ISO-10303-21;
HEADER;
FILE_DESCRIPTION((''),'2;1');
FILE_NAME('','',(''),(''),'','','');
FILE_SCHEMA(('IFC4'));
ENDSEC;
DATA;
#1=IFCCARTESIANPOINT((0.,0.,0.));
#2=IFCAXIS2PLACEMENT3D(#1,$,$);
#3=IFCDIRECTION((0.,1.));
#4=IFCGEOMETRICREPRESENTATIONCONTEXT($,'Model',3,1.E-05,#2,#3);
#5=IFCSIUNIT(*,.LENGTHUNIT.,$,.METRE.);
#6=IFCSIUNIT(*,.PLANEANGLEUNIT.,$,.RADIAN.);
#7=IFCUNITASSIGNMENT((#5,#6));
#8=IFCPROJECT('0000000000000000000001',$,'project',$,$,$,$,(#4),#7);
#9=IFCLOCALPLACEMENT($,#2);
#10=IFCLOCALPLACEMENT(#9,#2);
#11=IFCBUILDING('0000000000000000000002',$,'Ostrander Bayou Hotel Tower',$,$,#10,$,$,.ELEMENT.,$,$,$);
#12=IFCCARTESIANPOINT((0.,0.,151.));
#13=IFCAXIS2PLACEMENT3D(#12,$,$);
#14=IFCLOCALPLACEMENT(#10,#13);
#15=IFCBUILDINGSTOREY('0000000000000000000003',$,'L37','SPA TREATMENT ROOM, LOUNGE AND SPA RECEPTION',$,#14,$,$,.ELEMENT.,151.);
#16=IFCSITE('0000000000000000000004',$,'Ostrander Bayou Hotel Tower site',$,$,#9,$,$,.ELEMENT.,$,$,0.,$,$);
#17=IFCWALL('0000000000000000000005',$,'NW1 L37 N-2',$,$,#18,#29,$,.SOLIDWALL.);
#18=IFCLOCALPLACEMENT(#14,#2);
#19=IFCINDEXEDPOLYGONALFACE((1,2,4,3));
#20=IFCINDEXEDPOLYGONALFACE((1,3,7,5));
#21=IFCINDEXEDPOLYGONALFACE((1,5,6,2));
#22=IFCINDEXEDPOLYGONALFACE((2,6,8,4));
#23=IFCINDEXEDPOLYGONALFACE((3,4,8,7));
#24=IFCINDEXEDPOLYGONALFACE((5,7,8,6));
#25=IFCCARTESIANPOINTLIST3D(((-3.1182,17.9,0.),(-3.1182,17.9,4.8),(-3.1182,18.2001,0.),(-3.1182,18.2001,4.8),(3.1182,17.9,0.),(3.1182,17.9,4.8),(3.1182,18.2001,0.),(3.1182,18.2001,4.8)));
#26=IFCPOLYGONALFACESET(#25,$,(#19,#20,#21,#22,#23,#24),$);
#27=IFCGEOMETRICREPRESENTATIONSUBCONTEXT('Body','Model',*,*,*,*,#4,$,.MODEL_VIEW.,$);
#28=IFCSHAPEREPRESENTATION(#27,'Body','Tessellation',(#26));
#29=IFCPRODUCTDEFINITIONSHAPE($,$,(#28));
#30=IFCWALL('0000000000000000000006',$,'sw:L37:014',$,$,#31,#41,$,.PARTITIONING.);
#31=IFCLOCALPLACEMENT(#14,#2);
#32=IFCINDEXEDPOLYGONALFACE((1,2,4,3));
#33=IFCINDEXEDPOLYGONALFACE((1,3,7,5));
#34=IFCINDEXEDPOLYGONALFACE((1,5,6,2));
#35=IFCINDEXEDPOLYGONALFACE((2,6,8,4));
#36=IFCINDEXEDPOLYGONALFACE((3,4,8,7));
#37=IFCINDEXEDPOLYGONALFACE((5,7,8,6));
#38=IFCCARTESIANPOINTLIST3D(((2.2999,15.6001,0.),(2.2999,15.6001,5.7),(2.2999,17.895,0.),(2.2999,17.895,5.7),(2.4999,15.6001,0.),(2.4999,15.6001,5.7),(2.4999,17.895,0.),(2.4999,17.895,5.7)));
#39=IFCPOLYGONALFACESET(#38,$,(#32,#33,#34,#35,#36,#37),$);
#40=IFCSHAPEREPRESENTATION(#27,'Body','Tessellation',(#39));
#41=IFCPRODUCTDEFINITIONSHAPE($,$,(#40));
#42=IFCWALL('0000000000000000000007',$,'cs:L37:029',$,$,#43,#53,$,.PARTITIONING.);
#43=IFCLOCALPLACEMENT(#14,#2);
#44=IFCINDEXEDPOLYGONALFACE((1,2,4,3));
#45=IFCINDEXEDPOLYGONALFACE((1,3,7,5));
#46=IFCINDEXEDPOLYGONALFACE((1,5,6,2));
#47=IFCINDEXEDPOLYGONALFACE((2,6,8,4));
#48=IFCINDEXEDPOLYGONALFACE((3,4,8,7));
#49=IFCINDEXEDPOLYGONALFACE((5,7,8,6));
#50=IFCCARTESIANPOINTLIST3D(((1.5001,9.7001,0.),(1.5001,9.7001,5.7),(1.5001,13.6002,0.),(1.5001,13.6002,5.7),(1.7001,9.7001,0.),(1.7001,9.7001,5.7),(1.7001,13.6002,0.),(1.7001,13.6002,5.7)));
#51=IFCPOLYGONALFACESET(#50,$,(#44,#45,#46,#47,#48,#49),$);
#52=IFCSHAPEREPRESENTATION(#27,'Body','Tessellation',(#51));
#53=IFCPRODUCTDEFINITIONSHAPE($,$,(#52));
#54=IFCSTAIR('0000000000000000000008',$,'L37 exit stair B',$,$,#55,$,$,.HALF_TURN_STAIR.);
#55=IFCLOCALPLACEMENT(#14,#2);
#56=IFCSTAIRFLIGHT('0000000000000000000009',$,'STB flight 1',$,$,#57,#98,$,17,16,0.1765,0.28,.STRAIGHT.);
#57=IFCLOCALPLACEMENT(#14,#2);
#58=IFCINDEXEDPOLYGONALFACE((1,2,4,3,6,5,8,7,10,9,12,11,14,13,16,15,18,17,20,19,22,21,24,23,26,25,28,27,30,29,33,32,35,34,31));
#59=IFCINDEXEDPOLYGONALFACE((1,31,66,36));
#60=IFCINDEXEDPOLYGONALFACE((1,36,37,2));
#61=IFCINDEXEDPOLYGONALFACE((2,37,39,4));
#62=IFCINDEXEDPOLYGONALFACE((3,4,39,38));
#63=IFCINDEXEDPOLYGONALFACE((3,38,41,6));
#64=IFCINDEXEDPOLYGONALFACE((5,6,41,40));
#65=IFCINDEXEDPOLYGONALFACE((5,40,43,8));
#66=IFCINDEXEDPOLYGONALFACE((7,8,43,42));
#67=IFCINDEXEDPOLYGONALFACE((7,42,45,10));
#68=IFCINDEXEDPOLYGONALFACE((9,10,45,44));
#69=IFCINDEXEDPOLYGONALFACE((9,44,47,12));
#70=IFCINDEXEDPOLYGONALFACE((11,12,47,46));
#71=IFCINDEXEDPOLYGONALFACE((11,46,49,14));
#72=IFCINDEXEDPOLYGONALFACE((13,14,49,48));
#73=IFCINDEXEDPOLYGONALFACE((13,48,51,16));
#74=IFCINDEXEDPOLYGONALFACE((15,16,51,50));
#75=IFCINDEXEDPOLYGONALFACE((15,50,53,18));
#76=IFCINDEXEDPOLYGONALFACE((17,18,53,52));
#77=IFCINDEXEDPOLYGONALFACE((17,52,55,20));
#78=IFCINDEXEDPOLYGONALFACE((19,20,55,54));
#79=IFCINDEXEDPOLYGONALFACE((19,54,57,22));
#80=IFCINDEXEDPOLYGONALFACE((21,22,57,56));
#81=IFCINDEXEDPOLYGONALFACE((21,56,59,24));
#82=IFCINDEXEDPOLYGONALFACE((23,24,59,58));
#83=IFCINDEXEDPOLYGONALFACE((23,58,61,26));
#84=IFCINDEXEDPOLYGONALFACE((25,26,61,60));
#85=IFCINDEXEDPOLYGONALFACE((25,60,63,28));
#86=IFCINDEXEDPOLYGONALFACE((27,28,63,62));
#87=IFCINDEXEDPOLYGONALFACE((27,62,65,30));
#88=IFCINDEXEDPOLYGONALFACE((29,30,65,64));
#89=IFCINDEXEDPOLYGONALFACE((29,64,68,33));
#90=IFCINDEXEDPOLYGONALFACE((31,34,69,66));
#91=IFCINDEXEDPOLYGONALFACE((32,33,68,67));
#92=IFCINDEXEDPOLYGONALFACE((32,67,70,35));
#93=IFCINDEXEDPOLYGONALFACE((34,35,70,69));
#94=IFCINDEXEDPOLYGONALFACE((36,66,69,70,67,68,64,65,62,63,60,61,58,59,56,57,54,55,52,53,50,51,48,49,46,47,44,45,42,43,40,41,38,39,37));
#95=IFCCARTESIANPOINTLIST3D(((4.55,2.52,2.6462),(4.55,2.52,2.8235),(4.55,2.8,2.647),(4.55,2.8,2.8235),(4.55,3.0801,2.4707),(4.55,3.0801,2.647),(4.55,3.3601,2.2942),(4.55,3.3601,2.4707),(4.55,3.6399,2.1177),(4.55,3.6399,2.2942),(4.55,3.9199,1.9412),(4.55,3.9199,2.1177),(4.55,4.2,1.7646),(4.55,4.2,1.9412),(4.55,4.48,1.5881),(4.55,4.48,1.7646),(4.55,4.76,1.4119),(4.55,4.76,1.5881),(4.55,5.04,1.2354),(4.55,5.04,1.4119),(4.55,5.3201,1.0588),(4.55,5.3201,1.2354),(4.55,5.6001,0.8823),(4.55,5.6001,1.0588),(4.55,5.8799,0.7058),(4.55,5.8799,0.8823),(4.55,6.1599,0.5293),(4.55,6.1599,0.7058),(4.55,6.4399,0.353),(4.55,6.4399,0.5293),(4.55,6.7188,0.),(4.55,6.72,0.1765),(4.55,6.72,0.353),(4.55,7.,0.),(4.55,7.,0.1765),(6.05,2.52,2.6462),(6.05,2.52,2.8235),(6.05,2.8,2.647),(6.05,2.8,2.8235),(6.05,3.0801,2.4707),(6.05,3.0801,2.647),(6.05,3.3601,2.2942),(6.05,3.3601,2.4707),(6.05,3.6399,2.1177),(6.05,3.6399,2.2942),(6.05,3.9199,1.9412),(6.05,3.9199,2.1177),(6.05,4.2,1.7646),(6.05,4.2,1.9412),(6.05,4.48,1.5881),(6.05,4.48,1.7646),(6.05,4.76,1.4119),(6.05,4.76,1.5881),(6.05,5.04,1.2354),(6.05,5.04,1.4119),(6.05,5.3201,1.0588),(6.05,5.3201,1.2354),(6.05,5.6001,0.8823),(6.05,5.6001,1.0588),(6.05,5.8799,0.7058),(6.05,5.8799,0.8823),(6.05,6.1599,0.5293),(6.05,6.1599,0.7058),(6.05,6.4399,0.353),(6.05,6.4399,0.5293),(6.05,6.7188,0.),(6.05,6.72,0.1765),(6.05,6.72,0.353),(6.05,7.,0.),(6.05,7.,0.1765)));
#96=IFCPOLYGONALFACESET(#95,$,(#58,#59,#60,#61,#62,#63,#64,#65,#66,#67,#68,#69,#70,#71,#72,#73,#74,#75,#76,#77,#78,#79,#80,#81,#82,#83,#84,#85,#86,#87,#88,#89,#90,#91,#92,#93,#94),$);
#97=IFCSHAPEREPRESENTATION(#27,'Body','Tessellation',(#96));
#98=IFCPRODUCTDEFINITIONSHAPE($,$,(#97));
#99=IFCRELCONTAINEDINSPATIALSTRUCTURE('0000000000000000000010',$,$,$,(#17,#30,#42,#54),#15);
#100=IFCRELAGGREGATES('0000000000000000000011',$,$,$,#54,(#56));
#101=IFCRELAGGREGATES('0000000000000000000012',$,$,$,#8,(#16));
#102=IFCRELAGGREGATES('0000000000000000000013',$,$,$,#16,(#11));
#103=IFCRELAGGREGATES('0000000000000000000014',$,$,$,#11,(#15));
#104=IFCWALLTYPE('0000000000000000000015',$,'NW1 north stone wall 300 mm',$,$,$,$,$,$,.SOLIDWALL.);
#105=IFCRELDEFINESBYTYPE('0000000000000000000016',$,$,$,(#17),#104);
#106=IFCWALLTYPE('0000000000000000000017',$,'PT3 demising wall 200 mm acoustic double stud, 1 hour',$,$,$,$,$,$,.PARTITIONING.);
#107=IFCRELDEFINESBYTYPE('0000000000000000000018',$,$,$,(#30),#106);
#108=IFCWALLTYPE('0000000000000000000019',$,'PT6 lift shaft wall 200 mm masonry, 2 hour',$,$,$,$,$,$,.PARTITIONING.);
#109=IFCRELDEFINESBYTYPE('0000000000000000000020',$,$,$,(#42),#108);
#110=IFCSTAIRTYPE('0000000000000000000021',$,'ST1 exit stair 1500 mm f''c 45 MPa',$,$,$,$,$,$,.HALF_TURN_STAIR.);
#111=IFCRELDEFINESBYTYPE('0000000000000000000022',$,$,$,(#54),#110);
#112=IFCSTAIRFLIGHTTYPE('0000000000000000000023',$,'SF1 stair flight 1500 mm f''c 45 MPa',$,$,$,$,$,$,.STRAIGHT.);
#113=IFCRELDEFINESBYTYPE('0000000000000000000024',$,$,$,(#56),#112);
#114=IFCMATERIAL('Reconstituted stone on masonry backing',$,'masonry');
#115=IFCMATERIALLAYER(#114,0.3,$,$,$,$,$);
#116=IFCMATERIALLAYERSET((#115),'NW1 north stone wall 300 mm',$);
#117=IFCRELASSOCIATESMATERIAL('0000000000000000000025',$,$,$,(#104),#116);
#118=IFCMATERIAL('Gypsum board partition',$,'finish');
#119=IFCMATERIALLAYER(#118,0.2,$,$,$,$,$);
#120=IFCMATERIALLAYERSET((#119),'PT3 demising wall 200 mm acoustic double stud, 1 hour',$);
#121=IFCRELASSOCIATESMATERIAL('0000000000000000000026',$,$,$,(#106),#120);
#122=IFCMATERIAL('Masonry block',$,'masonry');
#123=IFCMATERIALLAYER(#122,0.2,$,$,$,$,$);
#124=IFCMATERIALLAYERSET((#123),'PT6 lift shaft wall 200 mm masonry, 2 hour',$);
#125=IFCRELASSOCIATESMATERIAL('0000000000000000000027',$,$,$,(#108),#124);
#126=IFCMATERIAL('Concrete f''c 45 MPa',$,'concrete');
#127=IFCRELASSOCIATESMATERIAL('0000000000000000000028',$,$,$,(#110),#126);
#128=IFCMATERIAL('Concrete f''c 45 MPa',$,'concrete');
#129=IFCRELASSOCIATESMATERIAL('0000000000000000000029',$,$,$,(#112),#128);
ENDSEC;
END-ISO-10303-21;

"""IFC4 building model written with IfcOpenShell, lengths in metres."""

from ifc_helpers import new_model, si_unit, direction, frame, frame_2d, origin, place, context, subcontext, project, spatial, polyline, rectangle, outline, extrude, material, layer, layer_set, type_object, element, aggregate, save


model = new_model("IFC4")

# Units and contexts
model_context = context("Model", 3, precision=1e-05, world=origin(), true_north=direction((0.0, 1.0)))
body_context = subcontext(model_context, "Body", "Model", "MODEL_VIEW")
ifc_project = project(units=[si_unit("LENGTHUNIT", "METRE"), si_unit("PLANEANGLEUNIT", "RADIAN")], contexts=[model_context])

# Site, building, storey
site_placement = place(None, origin())
site = spatial("IfcSite", under=ifc_project, at=site_placement, Name="Ostrander Bayou Hotel Tower site", CompositionType="ELEMENT", RefElevation=0.0)
building_placement = place(site_placement, origin())
building = spatial("IfcBuilding", under=site, at=building_placement, Name="Ostrander Bayou Hotel Tower", CompositionType="ELEMENT")
storey_placement = place(building_placement, frame((0.0, 0.0, 151.0)))
storey = spatial("IfcBuildingStorey", under=building, at=storey_placement, Name="L37", Description="SPA TREATMENT ROOM, LOUNGE AND SPA RECEPTION", CompositionType="ELEMENT", Elevation=151.0)

# Walls
ifc_material_1 = material(Name="Reconstituted stone on masonry backing", Category="masonry")
ifc_layer_1 = layer(ifc_material_1, 0.3)
ifc_layer_set_1 = layer_set([ifc_layer_1], Name="NW1 north stone wall 300 mm")
wall_type_1 = type_object("IfcWallType", Name="NW1 north stone wall 300 mm", PredefinedType="SOLIDWALL", material=ifc_layer_set_1)
wall_1_placement = place(storey_placement, frame((3.1182, 18.05, 0.0), z_axis=(0.0, 0.0, 1.0), x_axis=(-1.0, 0.0, 0.0)))
element("IfcWall", 1, at=wall_1_placement, inside=storey, type_object=wall_type_1, Name="NW1 L37 N-2", PredefinedType="SOLIDWALL", context=body_context, shape_type="SweptSolid", body=[
    extrude(rectangle(XDim=6.2363, YDim=0.3, at=frame_2d((3.1182, 0.0))), origin(), (0.0, 0.0, 1.0), 4.8),
])
ifc_material_2 = material(Name="Gypsum board partition", Category="finish")
ifc_layer_2 = layer(ifc_material_2, 0.2)
ifc_layer_set_2 = layer_set([ifc_layer_2], Name="PT3 demising wall 200 mm acoustic double stud, 1 hour")
wall_type_2 = type_object("IfcWallType", Name="PT3 demising wall 200 mm acoustic double stud, 1 hour", PredefinedType="PARTITIONING", material=ifc_layer_set_2)
wall_2_placement = place(storey_placement, frame((2.3999, 15.6001, 0.0), z_axis=(0.0, 0.0, 1.0), x_axis=(0.0, 1.0, 0.0)))
element("IfcWall", 2, at=wall_2_placement, inside=storey, type_object=wall_type_2, Name="sw:L37:014", PredefinedType="PARTITIONING", context=body_context, shape_type="SweptSolid", body=[
    extrude(rectangle(XDim=2.2949, YDim=0.2, at=frame_2d((1.1475, 0.0))), origin(), (0.0, 0.0, 1.0), 5.7),
])

# Wall
ifc_material_3 = material(Name="Masonry block", Category="masonry")
ifc_layer_3 = layer(ifc_material_3, 0.2)
ifc_layer_set_3 = layer_set([ifc_layer_3], Name="PT6 lift shaft wall 200 mm masonry, 2 hour")
wall_type_3 = type_object("IfcWallType", Name="PT6 lift shaft wall 200 mm masonry, 2 hour", PredefinedType="PARTITIONING", material=ifc_layer_set_3)
wall_3_placement = place(storey_placement, frame((1.6001, 9.7, 0.0), z_axis=(0.0, 0.0, 1.0), x_axis=(0.0, 1.0, 0.0)))
element("IfcWall", 3, at=wall_3_placement, inside=storey, type_object=wall_type_3, Name="cs:L37:029", PredefinedType="PARTITIONING", context=body_context, shape_type="SweptSolid", body=[
    extrude(rectangle(XDim=3.9001, YDim=0.2, at=frame_2d((1.9502, 0.0))), origin(), (0.0, 0.0, 1.0), 5.7),
])

# Stair, stair flight
ifc_material_4 = material(Name="Concrete f'c 45 MPa", Category="concrete")
stair_type = type_object("IfcStairType", Name="ST1 exit stair 1500 mm f'c 45 MPa", PredefinedType="HALF_TURN_STAIR", material=ifc_material_4)
stair_placement = place(storey_placement, origin())
stair = element("IfcStair", 4, at=stair_placement, inside=storey, type_object=stair_type, Name="L37 exit stair B", PredefinedType="HALF_TURN_STAIR")
ifc_material_5 = material(Name="Concrete f'c 45 MPa", Category="concrete")
stair_flight_type = type_object("IfcStairFlightType", Name="SF1 stair flight 1500 mm f'c 45 MPa", PredefinedType="STRAIGHT", material=ifc_material_5)
stair_flight_placement = place(storey_placement, frame((5.3, 7.0, 0.0), z_axis=(0.0, 0.0, 1.0), x_axis=(0.0, -1.0, 0.0)))
stair_flight = element("IfcStairFlight", 5, at=stair_flight_placement, type_object=stair_flight_type, Name="STB flight 1", NumberOfRisers=17, NumberOfTreads=16, PredefinedType="STRAIGHT", RiserHeight=0.1765, TreadLength=0.28, context=body_context, shape_type="SweptSolid", body=[
    extrude(outline(polyline([(0.0, 0.0), (0.0, 0.1765), (0.28, 0.1765), (0.28, 0.353), (0.5601, 0.353), (0.5601, 0.5293), (0.8401, 0.5293), (0.8401, 0.7058), (1.1201, 0.7058), (1.1201, 0.8823), (1.3999, 0.8823), (1.3999, 1.0588), (1.6799, 1.0588), (1.6799, 1.2354), (1.96, 1.2354), (1.96, 1.4119), (2.24, 1.4119), (2.24, 1.5881), (2.52, 1.5881), (2.52, 1.7646), (2.8, 1.7646), (2.8, 1.9412), (3.0801, 1.9412), (3.0801, 2.1177), (3.3601, 2.1177), (3.3601, 2.2942), (3.6399, 2.2942), (3.6399, 2.4707), (3.9199, 2.4707), (3.9199, 2.647), (4.2, 2.647), (4.2, 2.8235), (4.48, 2.8235), (4.48, 3.0), (4.48, 2.6462), (0.2812, 0.0), (0.0, 0.0)])), frame((0.0, 0.75, 0.0), z_axis=(0.0, -1.0, 0.0), x_axis=(1.0, 0.0, 0.0)), (0.0, 0.0, 1.0), 1.5),
])
aggregate(stair, [stair_flight])

save(model, "model.ifc")
